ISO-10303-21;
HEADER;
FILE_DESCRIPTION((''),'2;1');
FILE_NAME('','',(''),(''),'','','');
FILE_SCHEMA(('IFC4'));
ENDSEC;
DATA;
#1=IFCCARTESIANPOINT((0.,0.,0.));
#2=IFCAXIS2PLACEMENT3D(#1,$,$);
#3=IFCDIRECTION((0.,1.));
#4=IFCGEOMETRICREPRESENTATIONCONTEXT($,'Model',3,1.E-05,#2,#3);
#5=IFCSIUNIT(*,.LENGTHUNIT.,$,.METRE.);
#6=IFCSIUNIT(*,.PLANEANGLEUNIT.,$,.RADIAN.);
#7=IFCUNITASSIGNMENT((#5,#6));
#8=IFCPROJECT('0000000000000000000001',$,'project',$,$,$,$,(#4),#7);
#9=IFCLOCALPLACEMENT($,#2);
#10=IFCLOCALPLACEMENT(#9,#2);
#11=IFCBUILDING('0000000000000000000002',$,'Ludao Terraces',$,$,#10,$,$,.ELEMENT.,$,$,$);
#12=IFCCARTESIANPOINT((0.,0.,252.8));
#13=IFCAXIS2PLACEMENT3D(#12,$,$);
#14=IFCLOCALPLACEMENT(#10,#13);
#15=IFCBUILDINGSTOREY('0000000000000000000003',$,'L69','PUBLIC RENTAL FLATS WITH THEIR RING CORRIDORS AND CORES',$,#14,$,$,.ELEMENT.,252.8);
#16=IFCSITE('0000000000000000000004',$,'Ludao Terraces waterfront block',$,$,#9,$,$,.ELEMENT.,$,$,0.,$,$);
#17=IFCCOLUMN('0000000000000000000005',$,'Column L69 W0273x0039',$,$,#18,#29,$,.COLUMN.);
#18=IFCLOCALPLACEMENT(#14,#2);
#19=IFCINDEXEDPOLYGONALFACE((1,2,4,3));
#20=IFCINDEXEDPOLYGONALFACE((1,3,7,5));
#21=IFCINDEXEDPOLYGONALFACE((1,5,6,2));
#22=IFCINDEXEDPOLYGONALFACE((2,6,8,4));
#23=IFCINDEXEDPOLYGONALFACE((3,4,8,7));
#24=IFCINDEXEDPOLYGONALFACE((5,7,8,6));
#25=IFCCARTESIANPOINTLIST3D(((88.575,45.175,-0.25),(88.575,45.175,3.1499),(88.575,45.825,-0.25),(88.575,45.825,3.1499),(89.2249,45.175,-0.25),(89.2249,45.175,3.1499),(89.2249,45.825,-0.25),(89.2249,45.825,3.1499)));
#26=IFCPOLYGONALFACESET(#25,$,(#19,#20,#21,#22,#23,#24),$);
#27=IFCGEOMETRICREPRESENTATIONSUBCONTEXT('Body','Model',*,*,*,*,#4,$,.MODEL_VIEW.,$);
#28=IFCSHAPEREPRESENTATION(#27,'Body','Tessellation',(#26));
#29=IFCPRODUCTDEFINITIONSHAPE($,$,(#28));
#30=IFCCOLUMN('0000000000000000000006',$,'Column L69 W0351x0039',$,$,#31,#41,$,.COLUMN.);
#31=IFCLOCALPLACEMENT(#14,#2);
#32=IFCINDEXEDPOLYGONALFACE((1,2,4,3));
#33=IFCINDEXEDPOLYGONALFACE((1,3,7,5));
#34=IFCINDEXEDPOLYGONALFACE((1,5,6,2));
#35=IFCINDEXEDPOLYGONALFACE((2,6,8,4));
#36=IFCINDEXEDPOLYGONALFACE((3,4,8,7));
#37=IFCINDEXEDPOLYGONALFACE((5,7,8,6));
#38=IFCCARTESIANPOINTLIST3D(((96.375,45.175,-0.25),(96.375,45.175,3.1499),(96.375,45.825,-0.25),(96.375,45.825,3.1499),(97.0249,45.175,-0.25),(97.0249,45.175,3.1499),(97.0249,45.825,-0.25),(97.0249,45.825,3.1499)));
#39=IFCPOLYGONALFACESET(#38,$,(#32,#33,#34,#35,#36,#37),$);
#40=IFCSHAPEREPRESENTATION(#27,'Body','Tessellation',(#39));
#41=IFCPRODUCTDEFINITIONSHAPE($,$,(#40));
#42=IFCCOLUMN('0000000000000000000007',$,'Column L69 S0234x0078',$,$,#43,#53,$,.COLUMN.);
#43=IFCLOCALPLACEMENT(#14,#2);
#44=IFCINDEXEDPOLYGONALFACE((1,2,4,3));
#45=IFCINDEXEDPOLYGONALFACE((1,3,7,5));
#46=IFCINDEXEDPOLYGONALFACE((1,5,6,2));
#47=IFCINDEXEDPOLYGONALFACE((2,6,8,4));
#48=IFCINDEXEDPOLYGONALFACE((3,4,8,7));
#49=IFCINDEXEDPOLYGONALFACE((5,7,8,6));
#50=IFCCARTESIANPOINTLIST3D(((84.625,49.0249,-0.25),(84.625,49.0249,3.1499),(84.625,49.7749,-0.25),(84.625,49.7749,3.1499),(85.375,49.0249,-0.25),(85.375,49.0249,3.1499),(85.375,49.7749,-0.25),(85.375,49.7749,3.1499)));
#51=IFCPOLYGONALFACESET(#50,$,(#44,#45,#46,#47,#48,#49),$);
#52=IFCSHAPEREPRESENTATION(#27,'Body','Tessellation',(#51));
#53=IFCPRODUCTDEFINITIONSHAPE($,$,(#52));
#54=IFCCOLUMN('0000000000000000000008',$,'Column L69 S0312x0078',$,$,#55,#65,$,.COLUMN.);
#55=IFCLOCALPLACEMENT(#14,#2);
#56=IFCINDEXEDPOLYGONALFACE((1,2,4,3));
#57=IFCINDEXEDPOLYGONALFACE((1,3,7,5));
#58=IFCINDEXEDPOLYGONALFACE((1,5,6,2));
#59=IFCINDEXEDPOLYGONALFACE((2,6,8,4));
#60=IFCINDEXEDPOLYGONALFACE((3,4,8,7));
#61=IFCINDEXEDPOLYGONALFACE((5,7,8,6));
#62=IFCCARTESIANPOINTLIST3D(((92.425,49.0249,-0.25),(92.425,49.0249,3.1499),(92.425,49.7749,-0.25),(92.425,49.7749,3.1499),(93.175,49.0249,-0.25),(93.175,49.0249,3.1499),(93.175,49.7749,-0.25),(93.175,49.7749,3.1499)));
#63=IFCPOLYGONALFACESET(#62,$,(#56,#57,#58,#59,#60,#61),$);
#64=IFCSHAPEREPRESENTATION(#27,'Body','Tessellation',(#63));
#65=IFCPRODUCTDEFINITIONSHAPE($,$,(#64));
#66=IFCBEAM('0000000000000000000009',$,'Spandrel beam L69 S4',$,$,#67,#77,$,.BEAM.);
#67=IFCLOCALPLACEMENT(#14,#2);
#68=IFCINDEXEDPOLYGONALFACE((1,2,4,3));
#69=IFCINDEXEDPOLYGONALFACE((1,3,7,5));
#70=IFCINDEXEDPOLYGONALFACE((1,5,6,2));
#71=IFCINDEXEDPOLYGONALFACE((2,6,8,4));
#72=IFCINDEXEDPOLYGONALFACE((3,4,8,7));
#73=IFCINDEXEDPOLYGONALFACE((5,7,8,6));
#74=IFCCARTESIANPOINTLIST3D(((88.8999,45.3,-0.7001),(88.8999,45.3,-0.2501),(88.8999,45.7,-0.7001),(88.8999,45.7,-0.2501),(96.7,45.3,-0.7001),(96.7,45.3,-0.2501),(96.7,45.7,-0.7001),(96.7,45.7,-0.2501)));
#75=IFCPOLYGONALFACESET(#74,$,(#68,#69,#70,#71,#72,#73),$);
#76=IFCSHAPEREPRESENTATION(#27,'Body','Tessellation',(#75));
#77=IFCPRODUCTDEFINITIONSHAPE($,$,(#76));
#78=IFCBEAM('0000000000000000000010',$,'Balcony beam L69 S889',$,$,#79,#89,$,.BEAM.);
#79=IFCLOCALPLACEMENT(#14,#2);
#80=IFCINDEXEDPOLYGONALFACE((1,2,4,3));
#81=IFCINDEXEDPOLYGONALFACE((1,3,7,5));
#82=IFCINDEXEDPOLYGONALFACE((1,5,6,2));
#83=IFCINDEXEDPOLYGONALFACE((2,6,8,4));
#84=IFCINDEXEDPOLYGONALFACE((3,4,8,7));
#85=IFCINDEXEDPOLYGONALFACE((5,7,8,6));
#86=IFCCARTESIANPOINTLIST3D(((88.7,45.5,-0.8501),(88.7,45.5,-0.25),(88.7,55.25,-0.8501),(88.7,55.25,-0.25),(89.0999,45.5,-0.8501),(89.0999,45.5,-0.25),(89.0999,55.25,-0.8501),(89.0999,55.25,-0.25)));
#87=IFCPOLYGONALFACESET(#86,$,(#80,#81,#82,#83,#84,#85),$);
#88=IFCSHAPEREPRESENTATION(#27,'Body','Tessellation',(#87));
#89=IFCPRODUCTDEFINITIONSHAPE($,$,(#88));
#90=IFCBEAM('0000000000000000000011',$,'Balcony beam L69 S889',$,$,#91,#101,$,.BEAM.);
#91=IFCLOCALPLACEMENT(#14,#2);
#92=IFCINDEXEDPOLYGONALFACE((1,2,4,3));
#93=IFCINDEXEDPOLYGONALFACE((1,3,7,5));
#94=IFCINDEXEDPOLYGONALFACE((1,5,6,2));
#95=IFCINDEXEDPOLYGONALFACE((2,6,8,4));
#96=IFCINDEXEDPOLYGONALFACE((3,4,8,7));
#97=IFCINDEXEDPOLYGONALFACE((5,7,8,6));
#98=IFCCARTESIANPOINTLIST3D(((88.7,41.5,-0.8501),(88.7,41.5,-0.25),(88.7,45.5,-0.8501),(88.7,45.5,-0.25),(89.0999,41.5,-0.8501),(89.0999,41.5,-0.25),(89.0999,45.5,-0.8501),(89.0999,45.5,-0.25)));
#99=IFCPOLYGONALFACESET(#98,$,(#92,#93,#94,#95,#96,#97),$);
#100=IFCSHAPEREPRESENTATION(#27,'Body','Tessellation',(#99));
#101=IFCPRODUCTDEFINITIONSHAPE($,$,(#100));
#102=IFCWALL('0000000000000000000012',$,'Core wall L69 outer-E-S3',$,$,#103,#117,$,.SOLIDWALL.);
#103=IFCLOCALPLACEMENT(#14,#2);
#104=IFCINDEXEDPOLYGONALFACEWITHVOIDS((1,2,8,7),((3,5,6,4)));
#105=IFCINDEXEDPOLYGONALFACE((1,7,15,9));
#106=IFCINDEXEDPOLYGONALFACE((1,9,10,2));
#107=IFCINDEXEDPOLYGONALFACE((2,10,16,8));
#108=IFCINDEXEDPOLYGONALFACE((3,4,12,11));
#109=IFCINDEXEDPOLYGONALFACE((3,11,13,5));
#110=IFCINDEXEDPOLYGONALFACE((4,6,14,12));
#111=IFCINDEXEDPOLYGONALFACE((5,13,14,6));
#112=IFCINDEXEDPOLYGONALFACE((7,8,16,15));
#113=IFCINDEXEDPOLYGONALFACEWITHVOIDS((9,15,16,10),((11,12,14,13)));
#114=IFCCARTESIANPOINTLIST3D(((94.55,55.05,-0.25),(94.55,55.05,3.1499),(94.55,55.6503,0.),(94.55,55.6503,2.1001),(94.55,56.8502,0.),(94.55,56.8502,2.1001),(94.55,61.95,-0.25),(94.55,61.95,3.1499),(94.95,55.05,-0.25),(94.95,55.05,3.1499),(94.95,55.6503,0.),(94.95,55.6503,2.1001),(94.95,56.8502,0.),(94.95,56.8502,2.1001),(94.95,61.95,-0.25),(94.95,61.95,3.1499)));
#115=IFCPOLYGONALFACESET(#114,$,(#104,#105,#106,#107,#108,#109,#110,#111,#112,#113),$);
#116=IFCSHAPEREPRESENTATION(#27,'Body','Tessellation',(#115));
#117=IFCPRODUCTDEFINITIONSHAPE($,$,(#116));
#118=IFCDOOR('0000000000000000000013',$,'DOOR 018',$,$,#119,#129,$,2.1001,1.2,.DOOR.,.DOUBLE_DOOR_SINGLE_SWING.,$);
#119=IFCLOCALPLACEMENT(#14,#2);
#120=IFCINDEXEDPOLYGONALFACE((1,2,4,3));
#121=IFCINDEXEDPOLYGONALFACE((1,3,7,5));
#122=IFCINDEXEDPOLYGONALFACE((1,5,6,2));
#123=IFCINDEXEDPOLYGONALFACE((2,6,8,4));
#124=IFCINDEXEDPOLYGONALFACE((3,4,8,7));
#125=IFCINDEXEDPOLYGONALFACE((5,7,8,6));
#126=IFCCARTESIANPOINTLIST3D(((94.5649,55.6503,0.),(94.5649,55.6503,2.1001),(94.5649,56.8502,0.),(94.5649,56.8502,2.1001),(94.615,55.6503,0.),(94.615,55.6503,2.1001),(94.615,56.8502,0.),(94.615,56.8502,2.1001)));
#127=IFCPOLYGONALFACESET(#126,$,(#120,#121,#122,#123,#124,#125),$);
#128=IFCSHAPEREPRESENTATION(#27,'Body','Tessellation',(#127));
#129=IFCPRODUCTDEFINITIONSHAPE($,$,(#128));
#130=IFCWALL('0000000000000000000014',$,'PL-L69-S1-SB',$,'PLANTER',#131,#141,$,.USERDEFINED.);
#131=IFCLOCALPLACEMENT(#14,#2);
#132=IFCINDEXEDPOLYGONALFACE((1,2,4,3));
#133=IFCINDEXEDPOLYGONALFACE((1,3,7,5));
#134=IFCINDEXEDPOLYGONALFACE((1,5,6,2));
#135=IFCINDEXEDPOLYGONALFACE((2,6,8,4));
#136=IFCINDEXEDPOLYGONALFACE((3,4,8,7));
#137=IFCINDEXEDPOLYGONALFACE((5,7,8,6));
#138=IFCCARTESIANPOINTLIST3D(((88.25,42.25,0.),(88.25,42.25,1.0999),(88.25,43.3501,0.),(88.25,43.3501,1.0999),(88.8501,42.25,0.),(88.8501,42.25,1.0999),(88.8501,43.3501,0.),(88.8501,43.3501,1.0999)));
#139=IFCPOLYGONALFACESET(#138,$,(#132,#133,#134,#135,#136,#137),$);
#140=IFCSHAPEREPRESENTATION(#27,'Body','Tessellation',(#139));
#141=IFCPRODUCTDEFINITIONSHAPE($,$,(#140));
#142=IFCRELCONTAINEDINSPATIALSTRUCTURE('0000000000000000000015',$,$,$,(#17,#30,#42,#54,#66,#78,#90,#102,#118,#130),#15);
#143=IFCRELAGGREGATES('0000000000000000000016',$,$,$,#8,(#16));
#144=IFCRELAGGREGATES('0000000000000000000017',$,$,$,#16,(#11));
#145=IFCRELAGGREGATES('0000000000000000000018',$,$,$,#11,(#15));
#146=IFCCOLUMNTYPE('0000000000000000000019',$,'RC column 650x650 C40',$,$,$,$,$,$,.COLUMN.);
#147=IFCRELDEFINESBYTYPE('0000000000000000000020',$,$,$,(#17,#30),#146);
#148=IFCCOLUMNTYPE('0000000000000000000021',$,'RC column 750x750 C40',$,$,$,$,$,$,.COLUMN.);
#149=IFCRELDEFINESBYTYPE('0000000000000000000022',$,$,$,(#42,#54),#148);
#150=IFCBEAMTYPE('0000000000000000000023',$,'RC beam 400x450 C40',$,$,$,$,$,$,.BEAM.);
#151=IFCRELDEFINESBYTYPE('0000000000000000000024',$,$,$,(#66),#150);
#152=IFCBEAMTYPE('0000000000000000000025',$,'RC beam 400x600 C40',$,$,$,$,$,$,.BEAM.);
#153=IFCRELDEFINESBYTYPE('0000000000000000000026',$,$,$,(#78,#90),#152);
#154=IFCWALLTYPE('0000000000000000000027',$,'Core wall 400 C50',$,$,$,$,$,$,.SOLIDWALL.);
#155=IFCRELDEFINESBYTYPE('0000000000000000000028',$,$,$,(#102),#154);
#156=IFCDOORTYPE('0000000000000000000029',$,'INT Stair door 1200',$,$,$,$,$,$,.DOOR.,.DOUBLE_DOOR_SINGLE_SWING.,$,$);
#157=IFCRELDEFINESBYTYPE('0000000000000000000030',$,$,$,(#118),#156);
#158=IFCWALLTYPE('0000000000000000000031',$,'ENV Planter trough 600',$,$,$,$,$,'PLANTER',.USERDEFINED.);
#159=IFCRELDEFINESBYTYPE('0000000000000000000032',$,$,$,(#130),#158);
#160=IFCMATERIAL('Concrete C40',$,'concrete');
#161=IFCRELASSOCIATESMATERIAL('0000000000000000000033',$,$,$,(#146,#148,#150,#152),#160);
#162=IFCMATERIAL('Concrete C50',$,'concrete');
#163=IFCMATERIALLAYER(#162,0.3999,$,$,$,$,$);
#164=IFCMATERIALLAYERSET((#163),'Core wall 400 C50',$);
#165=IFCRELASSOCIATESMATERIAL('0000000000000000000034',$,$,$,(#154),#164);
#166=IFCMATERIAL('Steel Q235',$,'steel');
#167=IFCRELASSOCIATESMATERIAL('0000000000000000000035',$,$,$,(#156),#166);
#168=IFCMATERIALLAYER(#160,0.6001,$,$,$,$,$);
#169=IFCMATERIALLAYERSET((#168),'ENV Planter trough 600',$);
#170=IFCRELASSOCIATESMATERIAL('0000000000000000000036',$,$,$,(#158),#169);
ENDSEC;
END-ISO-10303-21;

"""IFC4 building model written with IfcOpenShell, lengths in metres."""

from ifc_helpers import new_model, si_unit, direction, frame, frame_2d, origin, origin_2d, place, context, subcontext, project, spatial, rectangle, extrude, material, layer, layer_set, material_profile, profile_set, type_object, element, fill, save


model = new_model("IFC4")

# Units and contexts
model_context = context("Model", 3, precision=1e-05, world=origin(), true_north=direction((0.0, 1.0)))
body_context = subcontext(model_context, "Body", "Model", "MODEL_VIEW")
ifc_project = project(units=[si_unit("LENGTHUNIT", "METRE"), si_unit("PLANEANGLEUNIT", "RADIAN")], contexts=[model_context])

# Site, building, storey
site_placement = place(None, origin())
site = spatial("IfcSite", under=ifc_project, at=site_placement, Name="Ludao Terraces waterfront block", CompositionType="ELEMENT", RefElevation=0.0)
building_placement = place(site_placement, origin())
building = spatial("IfcBuilding", under=site, at=building_placement, Name="Ludao Terraces", CompositionType="ELEMENT")
storey_placement = place(building_placement, frame((0.0, 0.0, 252.8)))
storey = spatial("IfcBuildingStorey", under=building, at=storey_placement, Name="L69", Description="PUBLIC RENTAL FLATS WITH THEIR RING CORRIDORS AND CORES", CompositionType="ELEMENT", Elevation=252.8)

# Columns
ifc_material_1 = material(Name="Concrete C40", Category="concrete")
ifc_material_profile_1 = material_profile(ifc_material_1, rectangle(XDim=0.6499, YDim=0.6499, at=origin_2d()), Name="650 X 650")
ifc_profile_set_1 = profile_set([ifc_material_profile_1], Name="Concrete C40")
column_type_1 = type_object("IfcColumnType", Name="RC column 650x650 C40", PredefinedType="COLUMN", material=ifc_profile_set_1)
for number, where, z_axis, x_axis, name in (
    (1, (88.8999, 45.5, -0.25), (0.0, 0.0, 1.0), (1.0, 0.0, 0.0), "Column L69 W0273x0039"),
    (2, (96.7, 45.5, -0.25), (0.0, 0.0, 1.0), (1.0, 0.0, 0.0), "Column L69 W0351x0039"),
):
    element("IfcColumn", number, at=place(storey_placement, frame(where, z_axis=z_axis, x_axis=x_axis)), inside=storey, type_object=column_type_1, Name=name, PredefinedType="COLUMN", context=body_context, shape_type="SweptSolid", body=[
        extrude(rectangle(XDim=0.6499, YDim=0.6499, at=origin_2d()), origin(), (0.0, 0.0, 1.0), 3.3999),
    ])
ifc_material_profile_2 = material_profile(ifc_material_1, rectangle(XDim=0.75, YDim=0.75, at=origin_2d()), Name="750 X 750")
ifc_profile_set_2 = profile_set([ifc_material_profile_2], Name="Concrete C40")
column_type_2 = type_object("IfcColumnType", Name="RC column 750x750 C40", PredefinedType="COLUMN", material=ifc_profile_set_2)
for number, where, z_axis, x_axis, name in (
    (3, (85.0, 49.3999, -0.25), (0.0, 0.0, 1.0), (1.0, 0.0, 0.0), "Column L69 S0234x0078"),
    (4, (92.8, 49.3999, -0.25), (0.0, 0.0, 1.0), (1.0, 0.0, 0.0), "Column L69 S0312x0078"),
):
    element("IfcColumn", number, at=place(storey_placement, frame(where, z_axis=z_axis, x_axis=x_axis)), inside=storey, type_object=column_type_2, Name=name, PredefinedType="COLUMN", context=body_context, shape_type="SweptSolid", body=[
        extrude(rectangle(XDim=0.75, YDim=0.75, at=origin_2d()), origin(), (0.0, 0.0, 1.0), 3.3999),
    ])

# Beams
ifc_material_profile_3 = material_profile(ifc_material_1, rectangle(XDim=0.3999, YDim=0.45, at=origin_2d()), Name="400 X 450")
ifc_profile_set_3 = profile_set([ifc_material_profile_3], Name="Concrete C40")
beam_type_1 = type_object("IfcBeamType", Name="RC beam 400x450 C40", PredefinedType="BEAM", material=ifc_profile_set_3)
beam_1_placement = place(storey_placement, frame((88.8999, 45.5, -0.4751), z_axis=(1.0, 0.0, 0.0), x_axis=(0.0, 1.0, 0.0)))
element("IfcBeam", 5, at=beam_1_placement, inside=storey, type_object=beam_type_1, Name="Spandrel beam L69 S4", PredefinedType="BEAM", context=body_context, shape_type="SweptSolid", body=[
    extrude(rectangle(XDim=0.3999, YDim=0.45, at=origin_2d()), origin(), (0.0, 0.0, 1.0), 7.8),
])
ifc_material_profile_4 = material_profile(ifc_material_1, rectangle(XDim=0.3999, YDim=0.6001, at=origin_2d()), Name="400 X 600")
ifc_profile_set_4 = profile_set([ifc_material_profile_4], Name="Concrete C40")
beam_type_2 = type_object("IfcBeamType", Name="RC beam 400x600 C40", PredefinedType="BEAM", material=ifc_profile_set_4)
beam_2_placement = place(storey_placement, frame((88.8999, 55.25, -0.55), z_axis=(0.0, -1.0, 0.0), x_axis=(1.0, 0.0, 0.0)))
element("IfcBeam", 6, at=beam_2_placement, inside=storey, type_object=beam_type_2, Name="Balcony beam L69 S889", PredefinedType="BEAM", context=body_context, shape_type="SweptSolid", body=[
    extrude(rectangle(XDim=0.3999, YDim=0.6001, at=origin_2d()), origin(), (0.0, 0.0, 1.0), 9.75),
])
beam_3_placement = place(storey_placement, frame((88.8999, 45.5, -0.55), z_axis=(0.0, -1.0, 0.0), x_axis=(1.0, 0.0, 0.0)))
element("IfcBeam", 7, at=beam_3_placement, inside=storey, type_object=beam_type_2, Name="Balcony beam L69 S889", PredefinedType="BEAM", context=body_context, shape_type="SweptSolid", body=[
    extrude(rectangle(XDim=0.3999, YDim=0.6001, at=origin_2d()), origin(), (0.0, 0.0, 1.0), 4.0),
])

# Wall, opening, door
ifc_material_2 = material(Name="Concrete C50", Category="concrete")
ifc_layer_1 = layer(ifc_material_2, 0.3999)
ifc_layer_set_1 = layer_set([ifc_layer_1], Name="Core wall 400 C50")
wall_type_1 = type_object("IfcWallType", Name="Core wall 400 C50", PredefinedType="SOLIDWALL", material=ifc_layer_set_1)
wall_1_placement = place(storey_placement, frame((94.75, 55.05, -0.25), z_axis=(0.0, 0.0, 1.0), x_axis=(0.0, 1.0, 0.0)))
wall_1 = element("IfcWall", 8, at=wall_1_placement, inside=storey, type_object=wall_type_1, Name="Core wall L69 outer-E-S3", PredefinedType="SOLIDWALL", context=body_context, shape_type="SweptSolid", body=[
    extrude(rectangle(XDim=6.8999, YDim=0.3999, at=frame_2d((3.45, 0.0))), origin(), (0.0, 0.0, 1.0), 3.3999),
])
opening_1_placement = place(wall_1_placement, frame((0.6001, 0.0, 0.25)))
opening_1 = element("IfcOpeningElement", 9, at=opening_1_placement, cuts=wall_1, PredefinedType="OPENING", context=body_context, shape_type="SweptSolid", body=[
    extrude(rectangle(XDim=1.2, YDim=2.1001, at=frame_2d((0.6001, 1.05))), frame((0.0, 0.21, 0.0), z_axis=(0.0, -1.0, 0.0), x_axis=(1.0, 0.0, 0.0)), (0.0, 0.0, 1.0), 0.4199),
])
ifc_material_3 = material(Name="Steel Q235", Category="steel")
door_type_1 = type_object("IfcDoorType", Name="INT Stair door 1200", OperationType="DOUBLE_DOOR_SINGLE_SWING", PredefinedType="DOOR", material=ifc_material_3)
door_1_placement = place(opening_1_placement, origin())
door_1 = element("IfcDoor", 10, at=door_1_placement, inside=storey, type_object=door_type_1, Name="DOOR 018", OperationType="DOUBLE_DOOR_SINGLE_SWING", OverallHeight=2.1001, OverallWidth=1.2, PredefinedType="DOOR", context=body_context, shape_type="SweptSolid", body=[
    extrude(rectangle(XDim=1.2, YDim=2.1001, at=frame_2d((0.6001, 1.05))), frame((0.0, 0.1851, 0.0), z_axis=(0.0, -1.0, 0.0), x_axis=(1.0, 0.0, 0.0)), (0.0, 0.0, 1.0), 0.05),
])
fill(opening_1, door_1)

# Wall
ifc_layer_2 = layer(ifc_material_1, 0.6001)
ifc_layer_set_2 = layer_set([ifc_layer_2], Name="ENV Planter trough 600")
wall_type_2 = type_object("IfcWallType", Name="ENV Planter trough 600", ElementType="PLANTER", PredefinedType="USERDEFINED", material=ifc_layer_set_2)
wall_2_placement = place(storey_placement, frame((88.55, 42.25, 0.0), z_axis=(0.0, 0.0, 1.0), x_axis=(0.0, 1.0, 0.0)))
element("IfcWall", 11, at=wall_2_placement, inside=storey, type_object=wall_type_2, Name="PL-L69-S1-SB", ObjectType="PLANTER", PredefinedType="USERDEFINED", context=body_context, shape_type="SweptSolid", body=[
    extrude(rectangle(XDim=1.1001, YDim=0.6001, at=frame_2d((0.55, 0.0))), origin(), (0.0, 0.0, 1.0), 1.0999),
])

save(model, "model.ifc")
